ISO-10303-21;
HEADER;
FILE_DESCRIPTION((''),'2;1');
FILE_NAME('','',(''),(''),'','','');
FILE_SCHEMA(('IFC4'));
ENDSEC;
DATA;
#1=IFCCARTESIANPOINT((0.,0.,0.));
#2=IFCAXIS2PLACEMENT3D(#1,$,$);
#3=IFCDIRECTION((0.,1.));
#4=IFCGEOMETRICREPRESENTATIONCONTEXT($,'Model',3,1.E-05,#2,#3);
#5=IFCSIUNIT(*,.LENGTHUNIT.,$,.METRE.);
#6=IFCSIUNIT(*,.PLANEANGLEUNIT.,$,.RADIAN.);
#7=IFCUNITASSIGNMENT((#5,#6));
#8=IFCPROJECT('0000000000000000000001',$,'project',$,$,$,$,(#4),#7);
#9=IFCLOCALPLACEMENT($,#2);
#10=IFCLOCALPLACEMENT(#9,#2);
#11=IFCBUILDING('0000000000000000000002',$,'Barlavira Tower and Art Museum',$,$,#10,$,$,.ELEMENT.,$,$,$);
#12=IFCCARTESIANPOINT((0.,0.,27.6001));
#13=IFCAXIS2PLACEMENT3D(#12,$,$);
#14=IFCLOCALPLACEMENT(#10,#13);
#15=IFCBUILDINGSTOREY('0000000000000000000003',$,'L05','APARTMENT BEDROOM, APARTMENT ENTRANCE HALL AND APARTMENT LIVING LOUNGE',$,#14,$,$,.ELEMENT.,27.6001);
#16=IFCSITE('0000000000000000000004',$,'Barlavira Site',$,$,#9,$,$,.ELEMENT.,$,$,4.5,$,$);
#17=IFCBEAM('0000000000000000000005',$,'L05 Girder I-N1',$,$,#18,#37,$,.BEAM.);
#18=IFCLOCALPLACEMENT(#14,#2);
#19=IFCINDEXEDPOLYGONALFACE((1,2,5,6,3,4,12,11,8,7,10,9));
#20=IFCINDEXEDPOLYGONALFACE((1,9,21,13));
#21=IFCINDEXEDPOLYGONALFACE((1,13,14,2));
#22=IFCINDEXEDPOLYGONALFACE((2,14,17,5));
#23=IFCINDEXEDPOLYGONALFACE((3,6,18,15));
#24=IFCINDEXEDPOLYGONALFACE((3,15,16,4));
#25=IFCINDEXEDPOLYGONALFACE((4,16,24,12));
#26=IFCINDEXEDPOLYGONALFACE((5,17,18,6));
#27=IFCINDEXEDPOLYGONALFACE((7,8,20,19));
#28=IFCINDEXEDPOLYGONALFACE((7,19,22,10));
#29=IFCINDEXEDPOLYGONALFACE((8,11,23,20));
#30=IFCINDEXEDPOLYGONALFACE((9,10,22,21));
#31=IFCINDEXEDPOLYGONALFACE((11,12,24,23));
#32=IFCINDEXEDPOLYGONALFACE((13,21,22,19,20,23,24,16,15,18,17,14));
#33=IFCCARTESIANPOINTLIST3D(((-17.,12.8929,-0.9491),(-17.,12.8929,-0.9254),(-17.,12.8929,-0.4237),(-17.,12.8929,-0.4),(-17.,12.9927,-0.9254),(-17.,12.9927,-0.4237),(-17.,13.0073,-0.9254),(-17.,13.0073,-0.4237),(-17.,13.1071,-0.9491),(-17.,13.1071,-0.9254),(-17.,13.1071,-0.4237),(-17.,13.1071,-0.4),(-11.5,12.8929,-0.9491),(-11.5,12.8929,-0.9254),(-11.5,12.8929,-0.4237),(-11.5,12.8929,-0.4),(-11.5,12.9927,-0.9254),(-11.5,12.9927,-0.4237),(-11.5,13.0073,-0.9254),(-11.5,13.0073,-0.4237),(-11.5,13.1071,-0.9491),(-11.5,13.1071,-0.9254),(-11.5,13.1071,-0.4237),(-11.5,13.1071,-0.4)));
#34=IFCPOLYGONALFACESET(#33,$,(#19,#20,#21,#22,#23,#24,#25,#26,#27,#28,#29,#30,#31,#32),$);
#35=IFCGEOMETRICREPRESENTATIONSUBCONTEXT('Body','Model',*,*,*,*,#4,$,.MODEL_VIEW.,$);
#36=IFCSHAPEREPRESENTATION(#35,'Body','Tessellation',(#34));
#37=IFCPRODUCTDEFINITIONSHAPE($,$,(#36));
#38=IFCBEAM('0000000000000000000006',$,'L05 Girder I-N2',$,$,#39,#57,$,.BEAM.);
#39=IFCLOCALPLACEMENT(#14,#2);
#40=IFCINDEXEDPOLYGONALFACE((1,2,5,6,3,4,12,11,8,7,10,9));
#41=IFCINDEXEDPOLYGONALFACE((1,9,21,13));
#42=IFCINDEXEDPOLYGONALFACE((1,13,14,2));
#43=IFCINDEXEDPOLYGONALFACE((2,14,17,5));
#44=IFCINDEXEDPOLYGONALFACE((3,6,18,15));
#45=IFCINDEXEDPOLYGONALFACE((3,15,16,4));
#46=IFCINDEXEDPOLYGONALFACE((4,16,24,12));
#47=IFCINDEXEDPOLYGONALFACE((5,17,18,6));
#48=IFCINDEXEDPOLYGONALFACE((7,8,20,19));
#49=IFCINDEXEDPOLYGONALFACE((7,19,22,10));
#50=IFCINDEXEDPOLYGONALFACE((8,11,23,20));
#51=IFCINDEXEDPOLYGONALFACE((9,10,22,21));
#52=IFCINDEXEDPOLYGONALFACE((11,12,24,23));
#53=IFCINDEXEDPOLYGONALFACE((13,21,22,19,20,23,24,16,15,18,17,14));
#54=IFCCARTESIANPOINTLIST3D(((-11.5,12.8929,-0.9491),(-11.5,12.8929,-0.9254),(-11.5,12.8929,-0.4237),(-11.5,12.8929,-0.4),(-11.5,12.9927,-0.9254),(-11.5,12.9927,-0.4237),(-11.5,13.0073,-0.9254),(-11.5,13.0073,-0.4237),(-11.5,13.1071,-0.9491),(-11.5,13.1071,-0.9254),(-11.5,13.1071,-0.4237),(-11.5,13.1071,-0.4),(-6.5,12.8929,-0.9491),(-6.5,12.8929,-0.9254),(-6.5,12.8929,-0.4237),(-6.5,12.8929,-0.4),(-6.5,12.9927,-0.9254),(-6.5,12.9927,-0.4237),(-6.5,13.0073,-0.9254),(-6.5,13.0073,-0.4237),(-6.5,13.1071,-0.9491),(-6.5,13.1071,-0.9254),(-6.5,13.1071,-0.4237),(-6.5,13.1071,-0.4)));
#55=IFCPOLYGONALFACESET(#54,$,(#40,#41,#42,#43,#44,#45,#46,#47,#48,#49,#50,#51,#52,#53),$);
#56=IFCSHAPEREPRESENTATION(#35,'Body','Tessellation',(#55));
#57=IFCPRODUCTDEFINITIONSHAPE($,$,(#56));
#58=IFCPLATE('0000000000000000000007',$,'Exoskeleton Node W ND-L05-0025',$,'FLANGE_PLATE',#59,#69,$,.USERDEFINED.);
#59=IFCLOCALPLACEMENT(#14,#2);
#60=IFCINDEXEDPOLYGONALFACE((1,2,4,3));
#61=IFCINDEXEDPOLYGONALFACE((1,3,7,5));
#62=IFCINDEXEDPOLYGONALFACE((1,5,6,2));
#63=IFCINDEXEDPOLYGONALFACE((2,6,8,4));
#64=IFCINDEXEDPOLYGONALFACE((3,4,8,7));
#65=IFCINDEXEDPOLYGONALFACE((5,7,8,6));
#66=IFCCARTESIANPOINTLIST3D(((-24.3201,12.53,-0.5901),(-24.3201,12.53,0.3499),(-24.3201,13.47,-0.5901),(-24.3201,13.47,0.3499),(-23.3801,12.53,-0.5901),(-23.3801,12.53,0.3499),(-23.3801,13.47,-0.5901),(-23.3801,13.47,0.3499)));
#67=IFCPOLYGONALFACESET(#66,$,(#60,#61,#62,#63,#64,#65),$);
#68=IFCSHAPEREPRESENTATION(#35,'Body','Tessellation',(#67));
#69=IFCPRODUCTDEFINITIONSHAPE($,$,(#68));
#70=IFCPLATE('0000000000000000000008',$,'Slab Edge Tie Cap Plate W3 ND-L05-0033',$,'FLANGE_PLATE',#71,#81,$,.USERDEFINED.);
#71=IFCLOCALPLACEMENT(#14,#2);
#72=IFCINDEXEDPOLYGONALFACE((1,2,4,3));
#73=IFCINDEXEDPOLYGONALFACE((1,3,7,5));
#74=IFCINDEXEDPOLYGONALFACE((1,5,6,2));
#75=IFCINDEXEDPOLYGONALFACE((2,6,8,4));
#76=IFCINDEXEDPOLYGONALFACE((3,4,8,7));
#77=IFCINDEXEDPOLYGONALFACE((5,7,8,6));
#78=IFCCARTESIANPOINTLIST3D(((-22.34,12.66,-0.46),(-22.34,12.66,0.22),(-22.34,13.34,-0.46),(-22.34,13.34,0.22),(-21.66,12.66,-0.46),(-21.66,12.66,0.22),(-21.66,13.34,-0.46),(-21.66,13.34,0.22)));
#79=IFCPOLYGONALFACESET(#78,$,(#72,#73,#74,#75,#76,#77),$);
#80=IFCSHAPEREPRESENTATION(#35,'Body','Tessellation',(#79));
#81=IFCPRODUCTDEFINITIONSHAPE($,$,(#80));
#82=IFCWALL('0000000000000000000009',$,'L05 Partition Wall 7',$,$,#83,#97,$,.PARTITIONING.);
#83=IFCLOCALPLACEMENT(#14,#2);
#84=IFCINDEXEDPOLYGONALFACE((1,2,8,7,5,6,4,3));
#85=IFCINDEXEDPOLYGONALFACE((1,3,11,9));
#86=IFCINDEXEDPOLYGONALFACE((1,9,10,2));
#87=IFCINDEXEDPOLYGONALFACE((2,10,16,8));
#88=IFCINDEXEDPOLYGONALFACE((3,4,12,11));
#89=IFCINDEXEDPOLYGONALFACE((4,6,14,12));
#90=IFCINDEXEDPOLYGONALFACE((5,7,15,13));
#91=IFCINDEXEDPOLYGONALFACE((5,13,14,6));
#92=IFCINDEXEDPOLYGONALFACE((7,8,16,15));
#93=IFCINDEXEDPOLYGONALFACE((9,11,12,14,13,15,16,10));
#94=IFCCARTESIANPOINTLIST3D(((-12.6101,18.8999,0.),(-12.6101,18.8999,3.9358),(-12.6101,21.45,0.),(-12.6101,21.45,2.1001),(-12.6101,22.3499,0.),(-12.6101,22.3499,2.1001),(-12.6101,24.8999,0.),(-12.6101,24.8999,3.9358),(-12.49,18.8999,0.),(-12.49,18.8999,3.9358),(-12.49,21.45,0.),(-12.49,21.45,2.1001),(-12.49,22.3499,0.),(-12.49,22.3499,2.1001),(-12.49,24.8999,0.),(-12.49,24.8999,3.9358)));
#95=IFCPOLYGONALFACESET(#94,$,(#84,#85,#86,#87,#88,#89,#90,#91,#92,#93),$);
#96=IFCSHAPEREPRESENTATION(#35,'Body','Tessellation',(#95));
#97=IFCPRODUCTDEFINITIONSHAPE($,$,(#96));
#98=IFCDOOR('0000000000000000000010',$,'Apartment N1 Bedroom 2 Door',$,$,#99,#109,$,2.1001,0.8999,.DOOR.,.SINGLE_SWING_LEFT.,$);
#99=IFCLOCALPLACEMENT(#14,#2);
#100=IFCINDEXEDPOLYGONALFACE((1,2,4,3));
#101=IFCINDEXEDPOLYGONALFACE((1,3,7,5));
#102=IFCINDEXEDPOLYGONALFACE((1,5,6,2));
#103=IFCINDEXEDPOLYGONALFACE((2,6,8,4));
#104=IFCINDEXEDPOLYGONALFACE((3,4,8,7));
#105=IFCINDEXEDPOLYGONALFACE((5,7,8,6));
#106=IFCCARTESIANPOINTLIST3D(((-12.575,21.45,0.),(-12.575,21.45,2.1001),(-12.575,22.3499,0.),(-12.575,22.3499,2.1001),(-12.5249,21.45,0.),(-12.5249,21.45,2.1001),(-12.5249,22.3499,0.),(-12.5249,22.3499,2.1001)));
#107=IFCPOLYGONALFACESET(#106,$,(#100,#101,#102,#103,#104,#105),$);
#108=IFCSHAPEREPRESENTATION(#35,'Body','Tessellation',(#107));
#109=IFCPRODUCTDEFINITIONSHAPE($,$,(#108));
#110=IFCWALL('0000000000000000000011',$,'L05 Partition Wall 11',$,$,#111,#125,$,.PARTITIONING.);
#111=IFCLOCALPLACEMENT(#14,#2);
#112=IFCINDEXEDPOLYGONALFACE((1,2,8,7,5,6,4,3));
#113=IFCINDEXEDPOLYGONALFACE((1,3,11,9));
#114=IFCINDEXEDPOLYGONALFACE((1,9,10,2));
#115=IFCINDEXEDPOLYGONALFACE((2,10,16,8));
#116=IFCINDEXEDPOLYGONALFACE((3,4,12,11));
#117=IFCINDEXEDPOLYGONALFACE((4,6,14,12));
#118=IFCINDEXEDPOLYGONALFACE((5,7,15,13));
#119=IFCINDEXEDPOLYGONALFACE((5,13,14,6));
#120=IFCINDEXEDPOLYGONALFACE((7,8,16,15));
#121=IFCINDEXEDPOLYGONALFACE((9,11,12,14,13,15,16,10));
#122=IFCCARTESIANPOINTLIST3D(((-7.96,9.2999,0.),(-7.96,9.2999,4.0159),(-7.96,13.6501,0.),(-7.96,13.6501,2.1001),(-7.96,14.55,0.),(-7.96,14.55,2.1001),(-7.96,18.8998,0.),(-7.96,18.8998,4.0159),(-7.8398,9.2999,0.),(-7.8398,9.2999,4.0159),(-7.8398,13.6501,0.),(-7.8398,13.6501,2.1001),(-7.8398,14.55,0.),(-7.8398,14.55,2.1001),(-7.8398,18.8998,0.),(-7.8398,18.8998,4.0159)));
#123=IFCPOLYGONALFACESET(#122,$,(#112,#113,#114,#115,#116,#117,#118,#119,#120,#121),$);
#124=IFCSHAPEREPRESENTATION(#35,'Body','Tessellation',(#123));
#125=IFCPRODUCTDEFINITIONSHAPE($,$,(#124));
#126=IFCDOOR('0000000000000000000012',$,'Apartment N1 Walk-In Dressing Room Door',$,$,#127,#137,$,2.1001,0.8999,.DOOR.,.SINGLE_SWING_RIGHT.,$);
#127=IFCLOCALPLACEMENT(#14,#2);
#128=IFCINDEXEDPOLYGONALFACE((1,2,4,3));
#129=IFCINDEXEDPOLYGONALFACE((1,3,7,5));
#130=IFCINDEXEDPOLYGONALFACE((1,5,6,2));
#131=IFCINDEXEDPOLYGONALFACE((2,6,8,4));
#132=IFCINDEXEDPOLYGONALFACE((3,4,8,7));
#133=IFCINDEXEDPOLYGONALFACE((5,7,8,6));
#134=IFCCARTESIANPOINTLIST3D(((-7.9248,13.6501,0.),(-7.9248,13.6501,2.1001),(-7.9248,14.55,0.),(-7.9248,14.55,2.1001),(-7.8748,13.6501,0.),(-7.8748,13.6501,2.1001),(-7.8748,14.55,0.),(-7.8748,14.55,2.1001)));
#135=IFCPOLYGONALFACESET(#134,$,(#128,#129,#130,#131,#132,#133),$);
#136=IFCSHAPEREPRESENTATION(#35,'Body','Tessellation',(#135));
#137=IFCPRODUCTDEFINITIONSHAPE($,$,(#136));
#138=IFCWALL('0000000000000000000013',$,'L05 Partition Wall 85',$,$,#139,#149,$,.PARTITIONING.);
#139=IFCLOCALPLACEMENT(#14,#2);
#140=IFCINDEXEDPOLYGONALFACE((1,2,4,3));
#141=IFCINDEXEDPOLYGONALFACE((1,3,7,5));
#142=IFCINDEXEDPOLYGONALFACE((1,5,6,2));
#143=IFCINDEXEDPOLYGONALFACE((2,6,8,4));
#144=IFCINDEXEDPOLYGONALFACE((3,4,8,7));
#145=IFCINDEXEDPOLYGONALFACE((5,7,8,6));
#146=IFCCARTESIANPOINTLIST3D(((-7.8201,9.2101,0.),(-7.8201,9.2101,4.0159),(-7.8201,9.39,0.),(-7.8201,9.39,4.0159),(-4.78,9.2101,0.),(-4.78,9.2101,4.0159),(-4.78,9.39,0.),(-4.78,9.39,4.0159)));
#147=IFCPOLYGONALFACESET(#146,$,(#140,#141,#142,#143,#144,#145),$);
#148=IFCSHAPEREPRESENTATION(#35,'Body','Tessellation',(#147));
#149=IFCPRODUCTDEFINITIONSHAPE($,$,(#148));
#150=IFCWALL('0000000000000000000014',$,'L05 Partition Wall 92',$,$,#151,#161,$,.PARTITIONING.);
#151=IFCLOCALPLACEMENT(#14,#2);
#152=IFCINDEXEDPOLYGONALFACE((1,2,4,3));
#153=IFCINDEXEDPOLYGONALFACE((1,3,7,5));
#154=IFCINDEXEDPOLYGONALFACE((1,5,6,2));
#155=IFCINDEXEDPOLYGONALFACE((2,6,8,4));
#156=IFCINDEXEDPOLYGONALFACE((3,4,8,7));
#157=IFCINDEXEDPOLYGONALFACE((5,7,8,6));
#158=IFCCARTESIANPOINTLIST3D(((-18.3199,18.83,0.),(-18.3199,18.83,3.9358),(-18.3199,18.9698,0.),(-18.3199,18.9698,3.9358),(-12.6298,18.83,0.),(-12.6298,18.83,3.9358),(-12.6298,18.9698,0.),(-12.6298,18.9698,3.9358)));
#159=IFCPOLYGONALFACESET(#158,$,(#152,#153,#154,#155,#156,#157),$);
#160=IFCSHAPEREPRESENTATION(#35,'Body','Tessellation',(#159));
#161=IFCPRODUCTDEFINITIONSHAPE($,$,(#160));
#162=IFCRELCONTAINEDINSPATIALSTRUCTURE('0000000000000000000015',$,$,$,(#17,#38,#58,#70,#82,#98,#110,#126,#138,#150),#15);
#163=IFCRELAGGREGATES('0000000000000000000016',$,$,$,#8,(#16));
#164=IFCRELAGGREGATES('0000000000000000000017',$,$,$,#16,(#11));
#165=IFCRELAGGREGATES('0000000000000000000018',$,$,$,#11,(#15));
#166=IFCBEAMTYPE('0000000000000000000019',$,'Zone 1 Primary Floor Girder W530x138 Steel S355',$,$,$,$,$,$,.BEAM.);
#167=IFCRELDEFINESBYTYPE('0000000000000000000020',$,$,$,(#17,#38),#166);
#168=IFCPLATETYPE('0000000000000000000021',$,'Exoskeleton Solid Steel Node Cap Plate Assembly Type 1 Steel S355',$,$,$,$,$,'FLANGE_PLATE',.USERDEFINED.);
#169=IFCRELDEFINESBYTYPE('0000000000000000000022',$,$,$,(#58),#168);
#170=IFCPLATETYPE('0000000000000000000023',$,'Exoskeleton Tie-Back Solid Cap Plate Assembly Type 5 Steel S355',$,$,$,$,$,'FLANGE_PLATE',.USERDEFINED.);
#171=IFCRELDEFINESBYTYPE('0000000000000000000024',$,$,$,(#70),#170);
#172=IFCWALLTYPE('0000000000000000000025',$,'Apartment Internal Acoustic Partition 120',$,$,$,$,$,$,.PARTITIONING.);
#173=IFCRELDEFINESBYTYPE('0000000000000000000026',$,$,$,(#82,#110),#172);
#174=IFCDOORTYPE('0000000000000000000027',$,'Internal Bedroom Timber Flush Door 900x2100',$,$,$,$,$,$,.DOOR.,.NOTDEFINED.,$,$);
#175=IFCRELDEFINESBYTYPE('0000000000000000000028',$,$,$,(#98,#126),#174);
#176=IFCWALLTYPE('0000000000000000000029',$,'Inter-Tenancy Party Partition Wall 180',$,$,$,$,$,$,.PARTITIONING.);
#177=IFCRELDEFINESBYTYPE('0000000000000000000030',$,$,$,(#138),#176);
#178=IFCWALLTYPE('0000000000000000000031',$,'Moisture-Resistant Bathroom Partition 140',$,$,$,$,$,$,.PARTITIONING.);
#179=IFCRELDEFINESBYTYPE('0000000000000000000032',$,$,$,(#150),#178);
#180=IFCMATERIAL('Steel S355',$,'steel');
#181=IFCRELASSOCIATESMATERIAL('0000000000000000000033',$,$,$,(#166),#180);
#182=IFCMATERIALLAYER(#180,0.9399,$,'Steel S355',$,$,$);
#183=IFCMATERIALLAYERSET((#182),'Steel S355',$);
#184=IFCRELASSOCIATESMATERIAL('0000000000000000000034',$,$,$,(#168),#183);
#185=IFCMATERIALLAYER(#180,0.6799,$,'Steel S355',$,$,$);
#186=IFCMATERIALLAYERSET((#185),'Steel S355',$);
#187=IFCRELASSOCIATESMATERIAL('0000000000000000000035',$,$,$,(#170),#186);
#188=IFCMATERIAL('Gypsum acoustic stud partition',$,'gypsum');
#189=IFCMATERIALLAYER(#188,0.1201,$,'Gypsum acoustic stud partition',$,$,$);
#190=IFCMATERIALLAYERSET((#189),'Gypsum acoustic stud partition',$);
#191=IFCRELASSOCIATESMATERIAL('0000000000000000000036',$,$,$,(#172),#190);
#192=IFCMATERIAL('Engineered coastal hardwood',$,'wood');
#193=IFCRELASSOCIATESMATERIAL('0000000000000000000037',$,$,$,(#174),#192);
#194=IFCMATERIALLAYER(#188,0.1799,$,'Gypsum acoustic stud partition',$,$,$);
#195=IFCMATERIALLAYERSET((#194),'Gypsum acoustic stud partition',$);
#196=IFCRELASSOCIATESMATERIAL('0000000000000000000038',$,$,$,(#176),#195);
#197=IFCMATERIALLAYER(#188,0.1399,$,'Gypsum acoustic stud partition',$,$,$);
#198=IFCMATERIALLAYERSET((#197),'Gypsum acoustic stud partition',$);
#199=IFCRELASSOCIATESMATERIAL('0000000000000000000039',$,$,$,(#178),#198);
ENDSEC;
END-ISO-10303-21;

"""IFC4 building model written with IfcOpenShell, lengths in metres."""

from ifc_helpers import new_model, si_unit, direction, frame, frame_2d, origin, origin_2d, place, context, subcontext, project, spatial, rectangle, i_section, extrude, material, layer, layer_set, material_profile, profile_set, type_object, element, fill, save


model = new_model("IFC4")

# Units and contexts
model_context = context("Model", 3, precision=1e-05, world=origin(), true_north=direction((0.0, 1.0)))
body_context = subcontext(model_context, "Body", "Model", "MODEL_VIEW")
ifc_project = project(units=[si_unit("LENGTHUNIT", "METRE"), si_unit("PLANEANGLEUNIT", "RADIAN")], contexts=[model_context])

# Site, building, storey
site_placement = place(None, origin())
site = spatial("IfcSite", under=ifc_project, at=site_placement, Name="Barlavira Site", CompositionType="ELEMENT", RefElevation=4.5)
building_placement = place(site_placement, origin())
building = spatial("IfcBuilding", under=site, at=building_placement, Name="Barlavira Tower and Art Museum", CompositionType="ELEMENT")
storey_placement = place(building_placement, frame((0.0, 0.0, 27.6001)))
storey = spatial("IfcBuildingStorey", under=building, at=storey_placement, Name="L05", Description="APARTMENT BEDROOM, APARTMENT ENTRANCE HALL AND APARTMENT LIVING LOUNGE", CompositionType="ELEMENT", Elevation=27.6001)

# Shared definitions
ifc_material_1 = material(Name="Steel S355", Category="steel")

# Beams
ifc_material_profile_1 = material_profile(ifc_material_1, i_section(OverallWidth=0.2141, OverallDepth=0.5491, WebThickness=0.0146, FlangeThickness=0.0237, at=origin_2d()), Name="W530x138.0")
ifc_profile_set_1 = profile_set([ifc_material_profile_1], Name="Steel S355")
beam_type_1 = type_object("IfcBeamType", Name="Zone 1 Primary Floor Girder W530x138 Steel S355", PredefinedType="BEAM", material=ifc_profile_set_1)
beam_1_placement = place(storey_placement, frame((-17.0, 13.0, -0.6746), z_axis=(1.0, 0.0, 0.0), x_axis=(0.0, 1.0, 0.0)))
element("IfcBeam", 1, at=beam_1_placement, inside=storey, type_object=beam_type_1, Name="L05 Girder I-N1", PredefinedType="BEAM", context=body_context, shape_type="SweptSolid", body=[
    extrude(i_section(OverallWidth=0.2141, OverallDepth=0.5491, WebThickness=0.0146, FlangeThickness=0.0237, at=origin_2d()), origin(), (0.0, 0.0, 1.0), 5.5),
])
beam_2_placement = place(storey_placement, frame((-11.5, 13.0, -0.6746), z_axis=(1.0, 0.0, 0.0), x_axis=(0.0, 1.0, 0.0)))
element("IfcBeam", 2, at=beam_2_placement, inside=storey, type_object=beam_type_1, Name="L05 Girder I-N2", PredefinedType="BEAM", context=body_context, shape_type="SweptSolid", body=[
    extrude(i_section(OverallWidth=0.2141, OverallDepth=0.5491, WebThickness=0.0146, FlangeThickness=0.0237, at=origin_2d()), origin(), (0.0, 0.0, 1.0), 5.0),
])

# Plates
ifc_layer_1 = layer(ifc_material_1, 0.9399, Name="Steel S355")
ifc_layer_set_1 = layer_set([ifc_layer_1], Name="Steel S355")
plate_type_1 = type_object("IfcPlateType", Name="Exoskeleton Solid Steel Node Cap Plate Assembly Type 1 Steel S355", ElementType="FLANGE_PLATE", PredefinedType="USERDEFINED", material=ifc_layer_set_1)
plate_1_placement = place(storey_placement, frame((-23.8501, 13.0, -0.5901), z_axis=(0.0, 0.0, 1.0), x_axis=(1.0, 0.0, 0.0)))
element("IfcPlate", 3, at=plate_1_placement, inside=storey, type_object=plate_type_1, Name="Exoskeleton Node W ND-L05-0025", ObjectType="FLANGE_PLATE", PredefinedType="USERDEFINED", context=body_context, shape_type="SweptSolid", body=[
    extrude(rectangle(XDim=0.9399, YDim=0.9399, at=origin_2d()), origin(), (0.0, 0.0, 1.0), 0.9399),
])
ifc_layer_2 = layer(ifc_material_1, 0.6799, Name="Steel S355")
ifc_layer_set_2 = layer_set([ifc_layer_2], Name="Steel S355")
plate_type_2 = type_object("IfcPlateType", Name="Exoskeleton Tie-Back Solid Cap Plate Assembly Type 5 Steel S355", ElementType="FLANGE_PLATE", PredefinedType="USERDEFINED", material=ifc_layer_set_2)
plate_2_placement = place(storey_placement, frame((-22.0, 13.0, -0.46), z_axis=(0.0, 0.0, 1.0), x_axis=(1.0, 0.0, 0.0)))
element("IfcPlate", 4, at=plate_2_placement, inside=storey, type_object=plate_type_2, Name="Slab Edge Tie Cap Plate W3 ND-L05-0033", ObjectType="FLANGE_PLATE", PredefinedType="USERDEFINED", context=body_context, shape_type="SweptSolid", body=[
    extrude(rectangle(XDim=0.6799, YDim=0.6799, at=origin_2d()), origin(), (0.0, 0.0, 1.0), 0.6799),
])

# Walls, openings, doors
ifc_material_2 = material(Name="Gypsum acoustic stud partition", Category="gypsum")
ifc_layer_3 = layer(ifc_material_2, 0.1201, Name="Gypsum acoustic stud partition")
ifc_layer_set_3 = layer_set([ifc_layer_3], Name="Gypsum acoustic stud partition")
wall_type_1 = type_object("IfcWallType", Name="Apartment Internal Acoustic Partition 120", PredefinedType="PARTITIONING", material=ifc_layer_set_3)
wall_1_placement = place(storey_placement, frame((-12.55, 18.8999, 0.0), z_axis=(0.0, 0.0, 1.0), x_axis=(0.0, 1.0, 0.0)))
wall_1 = element("IfcWall", 5, at=wall_1_placement, inside=storey, type_object=wall_type_1, Name="L05 Partition Wall 7", PredefinedType="PARTITIONING", context=body_context, shape_type="SweptSolid", body=[
    extrude(rectangle(XDim=6.0, YDim=0.1201, at=frame_2d((3.0, 0.0))), origin(), (0.0, 0.0, 1.0), 3.9358),
])
opening_1_placement = place(wall_1_placement, frame((2.55, 0.0, 0.0)))
opening_1 = element("IfcOpeningElement", 6, at=opening_1_placement, cuts=wall_1, PredefinedType="OPENING", context=body_context, shape_type="SweptSolid", body=[
    extrude(rectangle(XDim=0.8999, YDim=2.1001, at=frame_2d((0.45, 1.05))), frame((0.0, 0.0701, 0.0), z_axis=(0.0, -1.0, 0.0), x_axis=(1.0, 0.0, 0.0)), (0.0, 0.0, 1.0), 0.1401),
])
ifc_material_3 = material(Name="Engineered coastal hardwood", Category="wood")
door_type = type_object("IfcDoorType", Name="Internal Bedroom Timber Flush Door 900x2100", OperationType="NOTDEFINED", PredefinedType="DOOR", material=ifc_material_3)
door_1_placement = place(opening_1_placement, origin())
door_1 = element("IfcDoor", 7, at=door_1_placement, inside=storey, type_object=door_type, Name="Apartment N1 Bedroom 2 Door", OperationType="SINGLE_SWING_LEFT", OverallHeight=2.1001, OverallWidth=0.8999, PredefinedType="DOOR", context=body_context, shape_type="SweptSolid", body=[
    extrude(rectangle(XDim=0.8999, YDim=2.1001, at=frame_2d((0.45, 1.05))), frame((0.0, 0.0249, 0.0), z_axis=(0.0, -1.0, 0.0), x_axis=(1.0, 0.0, 0.0)), (0.0, 0.0, 1.0), 0.05),
])
fill(opening_1, door_1)
wall_2_placement = place(storey_placement, frame((-7.8999, 9.3, 0.0), z_axis=(0.0, 0.0, 1.0), x_axis=(0.0, 1.0, 0.0)))
wall_2 = element("IfcWall", 8, at=wall_2_placement, inside=storey, type_object=wall_type_1, Name="L05 Partition Wall 11", PredefinedType="PARTITIONING", context=body_context, shape_type="SweptSolid", body=[
    extrude(rectangle(XDim=9.5999, YDim=0.1201, at=frame_2d((4.7998, 0.0))), origin(), (0.0, 0.0, 1.0), 4.0159),
])
opening_2_placement = place(wall_2_placement, frame((4.3501, 0.0, 0.0)))
opening_2 = element("IfcOpeningElement", 9, at=opening_2_placement, cuts=wall_2, PredefinedType="OPENING", context=body_context, shape_type="SweptSolid", body=[
    extrude(rectangle(XDim=0.8999, YDim=2.1001, at=frame_2d((0.45, 1.05))), frame((0.0, 0.0701, 0.0), z_axis=(0.0, -1.0, 0.0), x_axis=(1.0, 0.0, 0.0)), (0.0, 0.0, 1.0), 0.1401),
])
door_2_placement = place(opening_2_placement, origin())
door_2 = element("IfcDoor", 10, at=door_2_placement, inside=storey, type_object=door_type, Name="Apartment N1 Walk-In Dressing Room Door", OperationType="SINGLE_SWING_RIGHT", OverallHeight=2.1001, OverallWidth=0.8999, PredefinedType="DOOR", context=body_context, shape_type="SweptSolid", body=[
    extrude(rectangle(XDim=0.8999, YDim=2.1001, at=frame_2d((0.45, 1.05))), frame((0.0, 0.0249, 0.0), z_axis=(0.0, -1.0, 0.0), x_axis=(1.0, 0.0, 0.0)), (0.0, 0.0, 1.0), 0.05),
])
fill(opening_2, door_2)

# Walls
ifc_layer_4 = layer(ifc_material_2, 0.1799, Name="Gypsum acoustic stud partition")
ifc_layer_set_4 = layer_set([ifc_layer_4], Name="Gypsum acoustic stud partition")
wall_type_2 = type_object("IfcWallType", Name="Inter-Tenancy Party Partition Wall 180", PredefinedType="PARTITIONING", material=ifc_layer_set_4)
wall_3_placement = place(storey_placement, frame((-7.8201, 9.3, 0.0), z_axis=(0.0, 0.0, 1.0), x_axis=(1.0, 0.0, 0.0)))
element("IfcWall", 11, at=wall_3_placement, inside=storey, type_object=wall_type_2, Name="L05 Partition Wall 85", PredefinedType="PARTITIONING", context=body_context, shape_type="SweptSolid", body=[
    extrude(rectangle(XDim=3.04, YDim=0.1799, at=frame_2d((1.52, 0.0))), origin(), (0.0, 0.0, 1.0), 4.0159),
])
ifc_layer_5 = layer(ifc_material_2, 0.1399, Name="Gypsum acoustic stud partition")
ifc_layer_set_5 = layer_set([ifc_layer_5], Name="Gypsum acoustic stud partition")
wall_type_3 = type_object("IfcWallType", Name="Moisture-Resistant Bathroom Partition 140", PredefinedType="PARTITIONING", material=ifc_layer_set_5)
wall_4_placement = place(storey_placement, frame((-18.3201, 18.8999, 0.0), z_axis=(0.0, 0.0, 1.0), x_axis=(1.0, 0.0, 0.0)))
element("IfcWall", 12, at=wall_4_placement, inside=storey, type_object=wall_type_3, Name="L05 Partition Wall 92", PredefinedType="PARTITIONING", context=body_context, shape_type="SweptSolid", body=[
    extrude(rectangle(XDim=5.6902, YDim=0.1399, at=frame_2d((2.8452, 0.0))), origin(), (0.0, 0.0, 1.0), 3.9358),
])

save(model, "model.ifc")
